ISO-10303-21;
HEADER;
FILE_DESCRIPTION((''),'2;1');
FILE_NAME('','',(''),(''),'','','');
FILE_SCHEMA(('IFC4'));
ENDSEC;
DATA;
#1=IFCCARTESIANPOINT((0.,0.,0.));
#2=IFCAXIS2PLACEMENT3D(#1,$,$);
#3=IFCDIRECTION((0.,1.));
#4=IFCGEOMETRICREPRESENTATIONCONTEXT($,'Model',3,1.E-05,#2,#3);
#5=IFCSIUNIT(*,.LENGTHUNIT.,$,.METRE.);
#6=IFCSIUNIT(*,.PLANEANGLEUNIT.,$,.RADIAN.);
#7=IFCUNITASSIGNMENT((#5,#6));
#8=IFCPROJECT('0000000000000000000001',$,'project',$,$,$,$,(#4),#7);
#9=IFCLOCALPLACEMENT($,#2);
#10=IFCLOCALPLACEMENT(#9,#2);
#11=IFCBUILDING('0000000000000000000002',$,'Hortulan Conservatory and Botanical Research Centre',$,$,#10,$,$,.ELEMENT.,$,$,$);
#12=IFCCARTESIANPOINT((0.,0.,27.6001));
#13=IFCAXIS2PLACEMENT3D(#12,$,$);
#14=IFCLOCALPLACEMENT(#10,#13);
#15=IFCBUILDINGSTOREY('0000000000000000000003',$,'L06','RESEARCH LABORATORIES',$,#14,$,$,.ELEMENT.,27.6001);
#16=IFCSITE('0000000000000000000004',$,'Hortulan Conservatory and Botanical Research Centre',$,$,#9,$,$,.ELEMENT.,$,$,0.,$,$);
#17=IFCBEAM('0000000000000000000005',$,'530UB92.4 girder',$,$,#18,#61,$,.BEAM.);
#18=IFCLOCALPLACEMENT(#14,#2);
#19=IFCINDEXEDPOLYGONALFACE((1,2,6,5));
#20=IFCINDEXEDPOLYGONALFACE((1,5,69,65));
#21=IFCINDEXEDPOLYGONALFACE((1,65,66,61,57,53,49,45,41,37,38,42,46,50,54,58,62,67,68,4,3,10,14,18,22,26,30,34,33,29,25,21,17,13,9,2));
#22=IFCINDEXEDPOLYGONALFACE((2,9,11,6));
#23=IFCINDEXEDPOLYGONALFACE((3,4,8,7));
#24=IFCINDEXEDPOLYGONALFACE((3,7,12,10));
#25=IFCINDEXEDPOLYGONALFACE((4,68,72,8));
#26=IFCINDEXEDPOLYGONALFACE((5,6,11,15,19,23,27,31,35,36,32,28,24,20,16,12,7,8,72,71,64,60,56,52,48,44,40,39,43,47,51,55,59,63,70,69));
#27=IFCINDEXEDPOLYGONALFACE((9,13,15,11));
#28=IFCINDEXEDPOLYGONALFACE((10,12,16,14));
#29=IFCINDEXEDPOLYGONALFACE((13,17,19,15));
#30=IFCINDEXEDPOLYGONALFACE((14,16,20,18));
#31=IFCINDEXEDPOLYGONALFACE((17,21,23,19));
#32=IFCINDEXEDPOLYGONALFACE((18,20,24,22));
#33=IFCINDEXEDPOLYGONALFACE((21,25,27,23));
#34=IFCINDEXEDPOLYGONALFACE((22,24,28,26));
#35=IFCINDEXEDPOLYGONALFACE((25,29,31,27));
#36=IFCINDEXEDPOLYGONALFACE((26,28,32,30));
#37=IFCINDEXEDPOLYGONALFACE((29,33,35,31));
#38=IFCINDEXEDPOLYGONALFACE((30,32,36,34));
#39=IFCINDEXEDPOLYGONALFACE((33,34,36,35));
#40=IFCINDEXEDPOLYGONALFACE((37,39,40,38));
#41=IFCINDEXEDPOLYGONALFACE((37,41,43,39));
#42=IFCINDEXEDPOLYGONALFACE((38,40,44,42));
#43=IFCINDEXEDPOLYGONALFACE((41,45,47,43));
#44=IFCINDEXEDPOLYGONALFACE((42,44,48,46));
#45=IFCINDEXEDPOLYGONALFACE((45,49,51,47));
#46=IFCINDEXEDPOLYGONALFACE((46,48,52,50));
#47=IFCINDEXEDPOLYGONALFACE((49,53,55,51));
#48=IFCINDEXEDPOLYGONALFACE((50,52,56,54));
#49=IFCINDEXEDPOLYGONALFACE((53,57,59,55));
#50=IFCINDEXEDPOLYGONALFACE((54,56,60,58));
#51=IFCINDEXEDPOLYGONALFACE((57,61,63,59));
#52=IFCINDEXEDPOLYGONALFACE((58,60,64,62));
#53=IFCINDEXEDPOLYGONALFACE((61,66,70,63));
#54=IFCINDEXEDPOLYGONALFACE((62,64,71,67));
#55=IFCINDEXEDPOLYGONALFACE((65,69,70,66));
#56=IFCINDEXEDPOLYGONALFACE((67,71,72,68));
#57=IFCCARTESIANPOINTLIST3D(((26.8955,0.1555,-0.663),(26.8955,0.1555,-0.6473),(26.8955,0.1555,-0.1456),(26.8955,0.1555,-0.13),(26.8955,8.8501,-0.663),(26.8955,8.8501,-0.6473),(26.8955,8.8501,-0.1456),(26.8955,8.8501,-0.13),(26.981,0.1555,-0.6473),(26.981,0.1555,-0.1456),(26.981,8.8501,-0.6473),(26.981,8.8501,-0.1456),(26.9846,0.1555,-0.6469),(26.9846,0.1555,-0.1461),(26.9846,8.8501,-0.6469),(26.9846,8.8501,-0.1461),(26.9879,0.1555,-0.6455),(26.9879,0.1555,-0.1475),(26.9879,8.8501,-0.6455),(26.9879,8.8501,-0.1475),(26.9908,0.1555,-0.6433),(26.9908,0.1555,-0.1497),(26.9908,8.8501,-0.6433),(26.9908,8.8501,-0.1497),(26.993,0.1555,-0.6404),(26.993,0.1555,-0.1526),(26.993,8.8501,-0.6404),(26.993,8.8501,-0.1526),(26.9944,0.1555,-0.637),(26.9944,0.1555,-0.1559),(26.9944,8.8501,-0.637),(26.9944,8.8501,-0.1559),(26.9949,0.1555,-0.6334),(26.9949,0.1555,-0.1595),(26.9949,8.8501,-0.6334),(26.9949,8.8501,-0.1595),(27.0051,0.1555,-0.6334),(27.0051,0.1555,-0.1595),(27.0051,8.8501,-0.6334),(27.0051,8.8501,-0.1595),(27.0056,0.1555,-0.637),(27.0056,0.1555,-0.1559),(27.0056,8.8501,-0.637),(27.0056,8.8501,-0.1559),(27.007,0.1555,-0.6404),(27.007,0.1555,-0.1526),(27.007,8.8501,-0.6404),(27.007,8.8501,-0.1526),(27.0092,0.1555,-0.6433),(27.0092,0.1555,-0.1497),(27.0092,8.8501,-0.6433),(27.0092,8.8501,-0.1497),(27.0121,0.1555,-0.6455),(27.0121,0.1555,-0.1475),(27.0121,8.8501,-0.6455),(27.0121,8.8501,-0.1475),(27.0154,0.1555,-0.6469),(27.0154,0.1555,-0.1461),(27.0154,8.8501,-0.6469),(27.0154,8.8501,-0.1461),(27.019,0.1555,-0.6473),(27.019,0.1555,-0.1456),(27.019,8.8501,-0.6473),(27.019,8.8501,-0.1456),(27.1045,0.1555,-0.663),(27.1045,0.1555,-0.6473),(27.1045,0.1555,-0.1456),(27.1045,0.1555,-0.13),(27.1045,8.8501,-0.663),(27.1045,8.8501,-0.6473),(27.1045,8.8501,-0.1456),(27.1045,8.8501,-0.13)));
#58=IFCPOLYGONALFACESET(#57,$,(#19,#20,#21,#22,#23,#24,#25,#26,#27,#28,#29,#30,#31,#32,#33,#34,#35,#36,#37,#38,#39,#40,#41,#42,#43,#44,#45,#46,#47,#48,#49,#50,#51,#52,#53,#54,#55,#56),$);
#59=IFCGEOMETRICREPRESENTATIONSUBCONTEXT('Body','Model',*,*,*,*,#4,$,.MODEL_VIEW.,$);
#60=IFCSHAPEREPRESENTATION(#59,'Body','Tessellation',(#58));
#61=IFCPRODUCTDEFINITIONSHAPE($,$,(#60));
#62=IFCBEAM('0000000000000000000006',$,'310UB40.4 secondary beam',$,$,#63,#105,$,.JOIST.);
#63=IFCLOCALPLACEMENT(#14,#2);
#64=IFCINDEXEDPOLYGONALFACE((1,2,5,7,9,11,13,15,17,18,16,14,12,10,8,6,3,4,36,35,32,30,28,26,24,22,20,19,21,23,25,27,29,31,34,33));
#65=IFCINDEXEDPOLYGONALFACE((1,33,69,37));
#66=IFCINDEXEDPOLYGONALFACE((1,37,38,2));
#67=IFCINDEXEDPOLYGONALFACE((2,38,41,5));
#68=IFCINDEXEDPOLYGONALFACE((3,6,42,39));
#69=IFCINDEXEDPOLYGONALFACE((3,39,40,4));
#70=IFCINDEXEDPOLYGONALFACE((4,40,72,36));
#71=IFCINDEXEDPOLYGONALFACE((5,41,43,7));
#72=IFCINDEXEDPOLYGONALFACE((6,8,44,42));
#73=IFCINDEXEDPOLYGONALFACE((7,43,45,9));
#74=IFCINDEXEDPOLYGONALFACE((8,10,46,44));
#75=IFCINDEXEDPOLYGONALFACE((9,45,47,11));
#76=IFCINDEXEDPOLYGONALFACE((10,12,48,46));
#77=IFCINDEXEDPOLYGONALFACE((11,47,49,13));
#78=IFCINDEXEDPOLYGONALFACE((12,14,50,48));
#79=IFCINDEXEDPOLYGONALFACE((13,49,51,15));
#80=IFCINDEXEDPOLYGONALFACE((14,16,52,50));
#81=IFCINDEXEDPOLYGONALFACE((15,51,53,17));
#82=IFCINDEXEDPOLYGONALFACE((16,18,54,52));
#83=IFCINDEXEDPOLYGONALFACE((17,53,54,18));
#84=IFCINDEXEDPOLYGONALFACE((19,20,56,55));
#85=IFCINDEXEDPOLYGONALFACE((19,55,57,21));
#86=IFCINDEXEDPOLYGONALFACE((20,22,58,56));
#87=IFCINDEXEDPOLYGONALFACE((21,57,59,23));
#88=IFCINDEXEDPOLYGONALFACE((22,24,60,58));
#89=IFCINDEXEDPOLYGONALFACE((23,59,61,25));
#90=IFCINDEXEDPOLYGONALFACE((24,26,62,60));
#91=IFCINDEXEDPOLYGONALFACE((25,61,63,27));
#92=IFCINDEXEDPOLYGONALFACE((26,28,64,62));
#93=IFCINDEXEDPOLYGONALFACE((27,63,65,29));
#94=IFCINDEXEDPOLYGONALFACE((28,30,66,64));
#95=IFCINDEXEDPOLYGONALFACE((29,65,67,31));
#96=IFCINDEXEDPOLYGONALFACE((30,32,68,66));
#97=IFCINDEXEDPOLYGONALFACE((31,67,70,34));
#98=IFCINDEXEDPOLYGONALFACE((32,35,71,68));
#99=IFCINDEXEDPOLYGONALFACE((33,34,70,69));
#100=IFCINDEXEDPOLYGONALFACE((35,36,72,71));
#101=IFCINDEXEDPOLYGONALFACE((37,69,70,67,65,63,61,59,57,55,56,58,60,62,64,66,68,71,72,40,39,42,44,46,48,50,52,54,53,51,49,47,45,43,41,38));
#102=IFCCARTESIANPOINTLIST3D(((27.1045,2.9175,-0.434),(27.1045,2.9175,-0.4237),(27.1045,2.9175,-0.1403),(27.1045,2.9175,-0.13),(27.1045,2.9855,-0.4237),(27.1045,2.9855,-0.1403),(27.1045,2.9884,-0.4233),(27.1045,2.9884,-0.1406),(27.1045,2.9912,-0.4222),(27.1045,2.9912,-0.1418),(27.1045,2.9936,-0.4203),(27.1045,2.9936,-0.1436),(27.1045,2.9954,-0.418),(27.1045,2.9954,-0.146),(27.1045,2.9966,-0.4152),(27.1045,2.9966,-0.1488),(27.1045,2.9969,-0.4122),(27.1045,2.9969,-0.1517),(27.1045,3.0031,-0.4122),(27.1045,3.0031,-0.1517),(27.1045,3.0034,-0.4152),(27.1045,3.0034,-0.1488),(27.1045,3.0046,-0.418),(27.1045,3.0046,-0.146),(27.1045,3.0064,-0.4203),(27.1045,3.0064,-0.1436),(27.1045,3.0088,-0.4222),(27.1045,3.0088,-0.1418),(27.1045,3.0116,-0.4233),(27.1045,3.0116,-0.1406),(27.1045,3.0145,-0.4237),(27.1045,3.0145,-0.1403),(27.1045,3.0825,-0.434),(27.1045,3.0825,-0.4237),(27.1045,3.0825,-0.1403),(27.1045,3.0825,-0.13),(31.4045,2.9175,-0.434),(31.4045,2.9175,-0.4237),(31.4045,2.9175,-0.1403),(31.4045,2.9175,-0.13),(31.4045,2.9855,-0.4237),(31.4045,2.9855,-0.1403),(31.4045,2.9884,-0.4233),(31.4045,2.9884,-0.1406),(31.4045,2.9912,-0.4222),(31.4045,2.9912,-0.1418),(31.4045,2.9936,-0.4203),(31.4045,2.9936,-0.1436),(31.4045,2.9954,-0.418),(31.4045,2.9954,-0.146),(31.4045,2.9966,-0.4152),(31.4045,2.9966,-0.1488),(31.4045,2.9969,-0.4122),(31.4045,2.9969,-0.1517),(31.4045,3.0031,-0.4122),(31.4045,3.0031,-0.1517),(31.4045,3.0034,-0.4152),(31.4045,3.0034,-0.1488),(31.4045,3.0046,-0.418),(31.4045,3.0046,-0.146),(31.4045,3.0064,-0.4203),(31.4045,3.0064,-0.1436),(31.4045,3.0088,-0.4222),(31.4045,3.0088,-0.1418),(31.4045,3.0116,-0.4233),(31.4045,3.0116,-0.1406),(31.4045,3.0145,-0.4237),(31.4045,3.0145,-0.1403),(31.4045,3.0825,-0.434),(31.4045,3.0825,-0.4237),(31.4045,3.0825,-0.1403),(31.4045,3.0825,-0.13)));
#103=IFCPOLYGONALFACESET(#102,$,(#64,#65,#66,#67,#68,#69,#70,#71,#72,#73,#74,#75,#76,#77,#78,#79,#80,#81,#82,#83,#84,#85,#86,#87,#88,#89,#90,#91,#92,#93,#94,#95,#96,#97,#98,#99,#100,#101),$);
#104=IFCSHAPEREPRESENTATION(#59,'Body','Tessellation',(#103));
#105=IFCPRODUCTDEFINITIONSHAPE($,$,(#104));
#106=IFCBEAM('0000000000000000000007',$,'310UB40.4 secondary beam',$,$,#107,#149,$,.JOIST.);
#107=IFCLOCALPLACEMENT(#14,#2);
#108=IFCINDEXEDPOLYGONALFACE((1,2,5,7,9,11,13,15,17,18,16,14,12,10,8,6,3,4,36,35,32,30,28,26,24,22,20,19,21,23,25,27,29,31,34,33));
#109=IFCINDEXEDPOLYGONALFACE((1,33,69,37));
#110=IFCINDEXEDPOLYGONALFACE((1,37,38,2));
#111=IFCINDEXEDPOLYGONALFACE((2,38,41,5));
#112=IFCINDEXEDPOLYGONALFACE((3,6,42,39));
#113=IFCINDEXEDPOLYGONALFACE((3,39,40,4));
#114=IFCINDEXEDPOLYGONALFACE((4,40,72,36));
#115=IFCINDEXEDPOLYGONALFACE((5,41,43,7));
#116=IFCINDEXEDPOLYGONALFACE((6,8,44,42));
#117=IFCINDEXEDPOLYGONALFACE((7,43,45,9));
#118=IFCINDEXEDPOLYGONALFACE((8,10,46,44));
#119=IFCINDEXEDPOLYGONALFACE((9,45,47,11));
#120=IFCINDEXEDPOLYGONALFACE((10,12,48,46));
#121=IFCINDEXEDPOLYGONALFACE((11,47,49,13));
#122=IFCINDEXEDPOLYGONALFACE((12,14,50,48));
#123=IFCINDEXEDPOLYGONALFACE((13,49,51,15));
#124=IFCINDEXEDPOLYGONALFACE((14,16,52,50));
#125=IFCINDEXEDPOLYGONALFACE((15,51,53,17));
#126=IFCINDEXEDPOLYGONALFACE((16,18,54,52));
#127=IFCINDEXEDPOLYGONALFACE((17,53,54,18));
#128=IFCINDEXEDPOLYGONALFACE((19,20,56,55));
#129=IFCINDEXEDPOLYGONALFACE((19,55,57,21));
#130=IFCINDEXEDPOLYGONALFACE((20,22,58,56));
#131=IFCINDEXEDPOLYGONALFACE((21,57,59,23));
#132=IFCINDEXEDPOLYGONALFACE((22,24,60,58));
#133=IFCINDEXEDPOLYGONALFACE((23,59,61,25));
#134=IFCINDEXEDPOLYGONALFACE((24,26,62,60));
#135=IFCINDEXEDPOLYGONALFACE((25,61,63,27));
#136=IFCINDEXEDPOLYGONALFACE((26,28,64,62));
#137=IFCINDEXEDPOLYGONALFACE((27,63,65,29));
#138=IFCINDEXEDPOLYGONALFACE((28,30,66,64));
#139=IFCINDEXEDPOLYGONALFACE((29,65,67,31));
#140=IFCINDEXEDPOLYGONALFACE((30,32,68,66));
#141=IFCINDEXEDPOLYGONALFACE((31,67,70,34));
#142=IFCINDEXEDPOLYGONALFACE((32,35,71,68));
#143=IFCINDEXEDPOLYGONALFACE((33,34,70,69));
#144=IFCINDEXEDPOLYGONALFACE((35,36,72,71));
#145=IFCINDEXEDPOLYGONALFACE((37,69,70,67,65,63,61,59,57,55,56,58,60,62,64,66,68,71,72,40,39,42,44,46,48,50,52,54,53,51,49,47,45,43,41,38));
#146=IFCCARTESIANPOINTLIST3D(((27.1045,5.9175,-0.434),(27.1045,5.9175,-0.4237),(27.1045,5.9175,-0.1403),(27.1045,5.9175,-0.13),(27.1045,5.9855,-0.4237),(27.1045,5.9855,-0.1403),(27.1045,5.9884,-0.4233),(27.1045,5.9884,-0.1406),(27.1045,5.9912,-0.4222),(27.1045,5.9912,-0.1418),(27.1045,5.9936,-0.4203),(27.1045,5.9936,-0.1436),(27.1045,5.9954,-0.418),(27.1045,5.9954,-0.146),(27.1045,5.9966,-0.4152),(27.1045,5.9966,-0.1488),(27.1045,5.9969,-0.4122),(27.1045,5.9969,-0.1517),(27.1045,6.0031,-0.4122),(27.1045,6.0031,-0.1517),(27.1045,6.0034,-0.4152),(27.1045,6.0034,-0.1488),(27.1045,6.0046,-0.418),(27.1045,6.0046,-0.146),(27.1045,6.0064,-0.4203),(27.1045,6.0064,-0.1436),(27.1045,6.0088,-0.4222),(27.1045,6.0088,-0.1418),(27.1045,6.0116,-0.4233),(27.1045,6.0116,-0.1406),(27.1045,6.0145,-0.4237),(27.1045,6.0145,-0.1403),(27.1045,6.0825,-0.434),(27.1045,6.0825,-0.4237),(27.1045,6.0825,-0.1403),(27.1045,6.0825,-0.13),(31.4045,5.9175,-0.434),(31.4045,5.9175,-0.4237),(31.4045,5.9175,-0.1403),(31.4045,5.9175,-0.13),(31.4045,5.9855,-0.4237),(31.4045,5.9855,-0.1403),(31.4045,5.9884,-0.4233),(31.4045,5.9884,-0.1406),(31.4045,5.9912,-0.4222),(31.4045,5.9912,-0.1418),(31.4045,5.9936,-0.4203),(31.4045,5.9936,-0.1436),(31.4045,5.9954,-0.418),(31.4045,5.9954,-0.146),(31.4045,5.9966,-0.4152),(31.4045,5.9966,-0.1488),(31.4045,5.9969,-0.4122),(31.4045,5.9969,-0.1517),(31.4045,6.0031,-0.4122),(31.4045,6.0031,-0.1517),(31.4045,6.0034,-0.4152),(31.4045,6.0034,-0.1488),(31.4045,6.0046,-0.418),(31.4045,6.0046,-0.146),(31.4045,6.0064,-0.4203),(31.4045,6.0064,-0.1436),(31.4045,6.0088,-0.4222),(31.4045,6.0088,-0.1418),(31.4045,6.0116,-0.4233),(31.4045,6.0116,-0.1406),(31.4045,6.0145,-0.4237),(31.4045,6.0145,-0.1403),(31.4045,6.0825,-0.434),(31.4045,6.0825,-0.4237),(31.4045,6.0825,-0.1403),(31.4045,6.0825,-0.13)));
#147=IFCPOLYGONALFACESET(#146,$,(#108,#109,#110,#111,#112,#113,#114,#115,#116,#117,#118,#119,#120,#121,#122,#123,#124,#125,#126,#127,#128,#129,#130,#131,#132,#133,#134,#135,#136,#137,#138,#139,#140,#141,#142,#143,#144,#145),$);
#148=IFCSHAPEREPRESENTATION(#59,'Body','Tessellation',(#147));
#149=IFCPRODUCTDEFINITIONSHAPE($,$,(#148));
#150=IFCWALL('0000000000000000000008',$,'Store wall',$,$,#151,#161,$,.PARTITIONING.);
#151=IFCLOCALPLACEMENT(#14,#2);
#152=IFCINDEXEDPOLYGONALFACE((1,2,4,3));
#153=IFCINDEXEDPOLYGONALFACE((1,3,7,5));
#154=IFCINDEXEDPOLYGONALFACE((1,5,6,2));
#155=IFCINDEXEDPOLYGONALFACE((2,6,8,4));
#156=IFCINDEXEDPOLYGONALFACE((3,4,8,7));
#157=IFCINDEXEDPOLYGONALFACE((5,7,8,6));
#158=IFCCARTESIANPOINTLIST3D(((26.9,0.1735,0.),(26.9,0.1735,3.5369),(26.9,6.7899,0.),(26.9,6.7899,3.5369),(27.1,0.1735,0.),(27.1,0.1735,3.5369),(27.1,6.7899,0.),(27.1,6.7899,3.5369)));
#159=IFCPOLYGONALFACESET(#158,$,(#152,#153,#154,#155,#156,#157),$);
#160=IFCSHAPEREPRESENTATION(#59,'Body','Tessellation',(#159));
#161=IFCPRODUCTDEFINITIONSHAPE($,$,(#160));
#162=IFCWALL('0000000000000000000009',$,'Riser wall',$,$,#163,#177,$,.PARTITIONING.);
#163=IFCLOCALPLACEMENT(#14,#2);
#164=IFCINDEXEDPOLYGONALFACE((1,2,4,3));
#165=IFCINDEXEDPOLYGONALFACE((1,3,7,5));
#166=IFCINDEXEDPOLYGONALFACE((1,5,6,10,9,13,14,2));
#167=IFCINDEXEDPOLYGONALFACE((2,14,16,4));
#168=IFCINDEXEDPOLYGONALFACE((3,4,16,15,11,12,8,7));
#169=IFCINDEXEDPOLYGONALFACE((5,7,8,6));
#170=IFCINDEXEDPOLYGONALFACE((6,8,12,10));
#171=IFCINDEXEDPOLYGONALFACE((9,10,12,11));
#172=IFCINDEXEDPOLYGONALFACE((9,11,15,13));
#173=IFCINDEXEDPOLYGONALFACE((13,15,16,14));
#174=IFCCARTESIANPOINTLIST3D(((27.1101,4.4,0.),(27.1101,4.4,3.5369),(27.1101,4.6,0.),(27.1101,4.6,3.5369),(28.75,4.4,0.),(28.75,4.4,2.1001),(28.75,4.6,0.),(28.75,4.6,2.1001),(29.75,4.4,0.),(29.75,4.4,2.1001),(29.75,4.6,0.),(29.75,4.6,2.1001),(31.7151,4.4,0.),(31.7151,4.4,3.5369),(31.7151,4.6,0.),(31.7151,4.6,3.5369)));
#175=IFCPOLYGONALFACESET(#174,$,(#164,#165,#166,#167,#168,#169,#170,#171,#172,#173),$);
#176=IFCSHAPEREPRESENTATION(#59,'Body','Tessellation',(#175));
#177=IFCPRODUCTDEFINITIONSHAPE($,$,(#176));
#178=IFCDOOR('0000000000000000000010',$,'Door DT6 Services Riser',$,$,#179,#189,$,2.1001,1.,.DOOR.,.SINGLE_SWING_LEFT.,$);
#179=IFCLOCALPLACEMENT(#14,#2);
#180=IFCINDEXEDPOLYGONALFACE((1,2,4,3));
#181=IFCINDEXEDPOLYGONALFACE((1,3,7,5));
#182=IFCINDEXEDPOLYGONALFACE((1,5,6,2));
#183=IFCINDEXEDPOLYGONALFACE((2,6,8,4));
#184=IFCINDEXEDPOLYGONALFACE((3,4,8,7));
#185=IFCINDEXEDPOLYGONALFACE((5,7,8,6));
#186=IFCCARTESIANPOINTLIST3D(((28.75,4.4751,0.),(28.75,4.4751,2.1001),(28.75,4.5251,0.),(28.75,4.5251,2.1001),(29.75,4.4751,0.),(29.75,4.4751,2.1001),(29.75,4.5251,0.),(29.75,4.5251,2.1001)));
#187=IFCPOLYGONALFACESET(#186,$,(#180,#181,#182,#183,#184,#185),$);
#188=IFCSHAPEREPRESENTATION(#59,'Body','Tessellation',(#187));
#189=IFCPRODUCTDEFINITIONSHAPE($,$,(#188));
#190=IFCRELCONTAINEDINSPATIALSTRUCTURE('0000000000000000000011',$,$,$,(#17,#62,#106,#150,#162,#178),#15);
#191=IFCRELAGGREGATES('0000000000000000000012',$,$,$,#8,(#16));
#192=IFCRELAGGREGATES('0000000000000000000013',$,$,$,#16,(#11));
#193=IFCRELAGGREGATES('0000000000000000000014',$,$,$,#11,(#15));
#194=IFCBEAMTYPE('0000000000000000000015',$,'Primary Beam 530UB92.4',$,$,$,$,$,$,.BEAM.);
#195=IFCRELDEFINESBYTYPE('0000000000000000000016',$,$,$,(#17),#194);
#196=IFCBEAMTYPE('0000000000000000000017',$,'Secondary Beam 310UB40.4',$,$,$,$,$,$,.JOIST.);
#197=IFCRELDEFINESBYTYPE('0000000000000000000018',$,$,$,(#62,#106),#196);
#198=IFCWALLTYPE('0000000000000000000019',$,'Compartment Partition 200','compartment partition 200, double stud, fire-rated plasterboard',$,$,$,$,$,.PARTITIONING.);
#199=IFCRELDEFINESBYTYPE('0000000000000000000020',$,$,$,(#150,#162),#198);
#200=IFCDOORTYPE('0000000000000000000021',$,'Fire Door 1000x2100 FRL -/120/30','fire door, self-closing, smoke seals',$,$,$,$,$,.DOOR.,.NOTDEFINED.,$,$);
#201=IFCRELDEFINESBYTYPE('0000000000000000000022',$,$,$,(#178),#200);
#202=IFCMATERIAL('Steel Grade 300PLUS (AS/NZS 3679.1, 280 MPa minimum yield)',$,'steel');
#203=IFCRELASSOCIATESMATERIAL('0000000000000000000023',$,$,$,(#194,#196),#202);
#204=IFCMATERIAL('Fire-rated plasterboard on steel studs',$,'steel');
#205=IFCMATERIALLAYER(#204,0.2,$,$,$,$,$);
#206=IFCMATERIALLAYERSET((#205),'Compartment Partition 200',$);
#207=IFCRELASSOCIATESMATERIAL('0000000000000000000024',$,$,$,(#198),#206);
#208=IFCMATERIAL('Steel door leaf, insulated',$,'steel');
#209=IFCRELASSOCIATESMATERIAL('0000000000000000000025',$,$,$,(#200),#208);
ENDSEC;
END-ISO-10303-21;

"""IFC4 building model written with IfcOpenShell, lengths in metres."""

from ifc_helpers import new_model, si_unit, direction, frame, frame_2d, origin, origin_2d, place, context, subcontext, project, spatial, rectangle, i_section, extrude, material, layer, layer_set, material_profile, profile_set, type_object, element, fill, save


model = new_model("IFC4")

# Units and contexts
model_context = context("Model", 3, precision=1e-05, world=origin(), true_north=direction((0.0, 1.0)))
body_context = subcontext(model_context, "Body", "Model", "MODEL_VIEW")
ifc_project = project(units=[si_unit("LENGTHUNIT", "METRE"), si_unit("PLANEANGLEUNIT", "RADIAN")], contexts=[model_context])

# Site, building, storey
site_placement = place(None, origin())
site = spatial("IfcSite", under=ifc_project, at=site_placement, Name="Hortulan Conservatory and Botanical Research Centre", CompositionType="ELEMENT", RefElevation=0.0)
building_placement = place(site_placement, origin())
building = spatial("IfcBuilding", under=site, at=building_placement, Name="Hortulan Conservatory and Botanical Research Centre", CompositionType="ELEMENT")
storey_placement = place(building_placement, frame((0.0, 0.0, 27.6001)))
storey = spatial("IfcBuildingStorey", under=building, at=storey_placement, Name="L06", Description="RESEARCH LABORATORIES", CompositionType="ELEMENT", Elevation=27.6001)

# Shared definitions
ifc_material_1 = material(Name="Steel Grade 300PLUS (AS/NZS 3679.1, 280 MPa minimum yield)", Category="steel")

# Beams
ifc_material_profile_1 = material_profile(ifc_material_1, i_section(OverallWidth=0.209, OverallDepth=0.533, WebThickness=0.0103, FlangeThickness=0.0156, FilletRadius=0.0139, at=origin_2d()), Name="530UB92.4")
ifc_profile_set_1 = profile_set([ifc_material_profile_1], Name="Steel Grade 300PLUS (AS/NZS 3679.1, 280 MPa minimum yield)")
beam_type_1 = type_object("IfcBeamType", Name="Primary Beam 530UB92.4", PredefinedType="BEAM", material=ifc_profile_set_1)
beam_1_placement = place(storey_placement, frame((27.0, 0.1555, -0.3965), z_axis=(0.0, 1.0, 0.0), x_axis=(-1.0, 0.0, 0.0)))
element("IfcBeam", 1, at=beam_1_placement, inside=storey, type_object=beam_type_1, Name="530UB92.4 girder", PredefinedType="BEAM", context=body_context, shape_type="SweptSolid", body=[
    extrude(i_section(OverallWidth=0.209, OverallDepth=0.533, WebThickness=0.0103, FlangeThickness=0.0156, FilletRadius=0.0139, at=origin_2d()), origin(), (0.0, 0.0, 1.0), 8.6946),
])
ifc_material_profile_2 = material_profile(ifc_material_1, i_section(OverallWidth=0.165, OverallDepth=0.304, WebThickness=0.0061, FlangeThickness=0.0103, FilletRadius=0.0115, at=origin_2d()), Name="310UB40.4")
ifc_profile_set_2 = profile_set([ifc_material_profile_2], Name="Steel Grade 300PLUS (AS/NZS 3679.1, 280 MPa minimum yield)")
beam_type_2 = type_object("IfcBeamType", Name="Secondary Beam 310UB40.4", PredefinedType="JOIST", material=ifc_profile_set_2)
for number, where, z_axis, x_axis, name in (
    (2, (27.1045, 3.0, -0.282), (1.0, 0.0, 0.0), (0.0, 1.0, 0.0), "310UB40.4 secondary beam"),
    (3, (27.1045, 6.0, -0.282), (1.0, 0.0, 0.0), (0.0, 1.0, 0.0), "310UB40.4 secondary beam"),
):
    element("IfcBeam", number, at=place(storey_placement, frame(where, z_axis=z_axis, x_axis=x_axis)), inside=storey, type_object=beam_type_2, Name=name, PredefinedType="JOIST", context=body_context, shape_type="SweptSolid", body=[
        extrude(i_section(OverallWidth=0.165, OverallDepth=0.304, WebThickness=0.0061, FlangeThickness=0.0103, FilletRadius=0.0115, at=origin_2d()), origin(), (0.0, 0.0, 1.0), 4.3),
    ])

# Wall
ifc_material_2 = material(Name="Fire-rated plasterboard on steel studs", Category="steel")
ifc_layer_1 = layer(ifc_material_2, 0.2)
ifc_layer_set_1 = layer_set([ifc_layer_1], Name="Compartment Partition 200")
wall_type_1 = type_object("IfcWallType", Name="Compartment Partition 200", Description="compartment partition 200, double stud, fire-rated plasterboard", PredefinedType="PARTITIONING", material=ifc_layer_set_1)
wall_1_placement = place(storey_placement, frame((27.0, 0.1736, 0.0), z_axis=(0.0, 0.0, 1.0), x_axis=(0.0, 1.0, 0.0)))
element("IfcWall", 4, at=wall_1_placement, inside=storey, type_object=wall_type_1, Name="Store wall", PredefinedType="PARTITIONING", context=body_context, shape_type="SweptSolid", body=[
    extrude(rectangle(XDim=6.6165, YDim=0.2, at=frame_2d((3.3081, 0.0))), origin(), (0.0, 0.0, 1.0), 3.5369),
])

# Wall, opening, door
wall_2_placement = place(storey_placement, frame((27.1101, 4.5, 0.0), z_axis=(0.0, 0.0, 1.0), x_axis=(1.0, 0.0, 0.0)))
wall_2 = element("IfcWall", 5, at=wall_2_placement, inside=storey, type_object=wall_type_1, Name="Riser wall", PredefinedType="PARTITIONING", context=body_context, shape_type="SweptSolid", body=[
    extrude(rectangle(XDim=4.605, YDim=0.2, at=frame_2d((2.3025, 0.0))), origin(), (0.0, 0.0, 1.0), 3.5369),
])
opening_1_placement = place(wall_2_placement, frame((1.6399, 0.0, 0.0)))
opening_1 = element("IfcOpeningElement", 6, at=opening_1_placement, cuts=wall_2, PredefinedType="OPENING", context=body_context, shape_type="SweptSolid", body=[
    extrude(rectangle(XDim=1.0, YDim=2.1001, at=frame_2d((0.5, 1.05))), frame((0.0, 0.1099, 0.0), z_axis=(0.0, -1.0, 0.0), x_axis=(1.0, 0.0, 0.0)), (0.0, 0.0, 1.0), 0.22),
])
ifc_material_3 = material(Name="Steel door leaf, insulated", Category="steel")
door_type = type_object("IfcDoorType", Name="Fire Door 1000x2100 FRL -/120/30", Description="fire door, self-closing, smoke seals", OperationType="NOTDEFINED", PredefinedType="DOOR", material=ifc_material_3)
door_placement = place(opening_1_placement, frame((1.0, 0.0, 0.0), z_axis=(0.0, 0.0, 1.0), x_axis=(-1.0, 0.0, 0.0)))
door = element("IfcDoor", 7, at=door_placement, inside=storey, type_object=door_type, Name="Door DT6 Services Riser", OperationType="SINGLE_SWING_LEFT", OverallHeight=2.1001, OverallWidth=1.0, PredefinedType="DOOR", context=body_context, shape_type="SweptSolid", body=[
    extrude(rectangle(XDim=1.0, YDim=2.1001, at=frame_2d((0.5, 1.05))), frame((0.0, 0.0249, 0.0), z_axis=(0.0, -1.0, 0.0), x_axis=(1.0, 0.0, 0.0)), (0.0, 0.0, 1.0), 0.05),
])
fill(opening_1, door)

save(model, "model.ifc")
